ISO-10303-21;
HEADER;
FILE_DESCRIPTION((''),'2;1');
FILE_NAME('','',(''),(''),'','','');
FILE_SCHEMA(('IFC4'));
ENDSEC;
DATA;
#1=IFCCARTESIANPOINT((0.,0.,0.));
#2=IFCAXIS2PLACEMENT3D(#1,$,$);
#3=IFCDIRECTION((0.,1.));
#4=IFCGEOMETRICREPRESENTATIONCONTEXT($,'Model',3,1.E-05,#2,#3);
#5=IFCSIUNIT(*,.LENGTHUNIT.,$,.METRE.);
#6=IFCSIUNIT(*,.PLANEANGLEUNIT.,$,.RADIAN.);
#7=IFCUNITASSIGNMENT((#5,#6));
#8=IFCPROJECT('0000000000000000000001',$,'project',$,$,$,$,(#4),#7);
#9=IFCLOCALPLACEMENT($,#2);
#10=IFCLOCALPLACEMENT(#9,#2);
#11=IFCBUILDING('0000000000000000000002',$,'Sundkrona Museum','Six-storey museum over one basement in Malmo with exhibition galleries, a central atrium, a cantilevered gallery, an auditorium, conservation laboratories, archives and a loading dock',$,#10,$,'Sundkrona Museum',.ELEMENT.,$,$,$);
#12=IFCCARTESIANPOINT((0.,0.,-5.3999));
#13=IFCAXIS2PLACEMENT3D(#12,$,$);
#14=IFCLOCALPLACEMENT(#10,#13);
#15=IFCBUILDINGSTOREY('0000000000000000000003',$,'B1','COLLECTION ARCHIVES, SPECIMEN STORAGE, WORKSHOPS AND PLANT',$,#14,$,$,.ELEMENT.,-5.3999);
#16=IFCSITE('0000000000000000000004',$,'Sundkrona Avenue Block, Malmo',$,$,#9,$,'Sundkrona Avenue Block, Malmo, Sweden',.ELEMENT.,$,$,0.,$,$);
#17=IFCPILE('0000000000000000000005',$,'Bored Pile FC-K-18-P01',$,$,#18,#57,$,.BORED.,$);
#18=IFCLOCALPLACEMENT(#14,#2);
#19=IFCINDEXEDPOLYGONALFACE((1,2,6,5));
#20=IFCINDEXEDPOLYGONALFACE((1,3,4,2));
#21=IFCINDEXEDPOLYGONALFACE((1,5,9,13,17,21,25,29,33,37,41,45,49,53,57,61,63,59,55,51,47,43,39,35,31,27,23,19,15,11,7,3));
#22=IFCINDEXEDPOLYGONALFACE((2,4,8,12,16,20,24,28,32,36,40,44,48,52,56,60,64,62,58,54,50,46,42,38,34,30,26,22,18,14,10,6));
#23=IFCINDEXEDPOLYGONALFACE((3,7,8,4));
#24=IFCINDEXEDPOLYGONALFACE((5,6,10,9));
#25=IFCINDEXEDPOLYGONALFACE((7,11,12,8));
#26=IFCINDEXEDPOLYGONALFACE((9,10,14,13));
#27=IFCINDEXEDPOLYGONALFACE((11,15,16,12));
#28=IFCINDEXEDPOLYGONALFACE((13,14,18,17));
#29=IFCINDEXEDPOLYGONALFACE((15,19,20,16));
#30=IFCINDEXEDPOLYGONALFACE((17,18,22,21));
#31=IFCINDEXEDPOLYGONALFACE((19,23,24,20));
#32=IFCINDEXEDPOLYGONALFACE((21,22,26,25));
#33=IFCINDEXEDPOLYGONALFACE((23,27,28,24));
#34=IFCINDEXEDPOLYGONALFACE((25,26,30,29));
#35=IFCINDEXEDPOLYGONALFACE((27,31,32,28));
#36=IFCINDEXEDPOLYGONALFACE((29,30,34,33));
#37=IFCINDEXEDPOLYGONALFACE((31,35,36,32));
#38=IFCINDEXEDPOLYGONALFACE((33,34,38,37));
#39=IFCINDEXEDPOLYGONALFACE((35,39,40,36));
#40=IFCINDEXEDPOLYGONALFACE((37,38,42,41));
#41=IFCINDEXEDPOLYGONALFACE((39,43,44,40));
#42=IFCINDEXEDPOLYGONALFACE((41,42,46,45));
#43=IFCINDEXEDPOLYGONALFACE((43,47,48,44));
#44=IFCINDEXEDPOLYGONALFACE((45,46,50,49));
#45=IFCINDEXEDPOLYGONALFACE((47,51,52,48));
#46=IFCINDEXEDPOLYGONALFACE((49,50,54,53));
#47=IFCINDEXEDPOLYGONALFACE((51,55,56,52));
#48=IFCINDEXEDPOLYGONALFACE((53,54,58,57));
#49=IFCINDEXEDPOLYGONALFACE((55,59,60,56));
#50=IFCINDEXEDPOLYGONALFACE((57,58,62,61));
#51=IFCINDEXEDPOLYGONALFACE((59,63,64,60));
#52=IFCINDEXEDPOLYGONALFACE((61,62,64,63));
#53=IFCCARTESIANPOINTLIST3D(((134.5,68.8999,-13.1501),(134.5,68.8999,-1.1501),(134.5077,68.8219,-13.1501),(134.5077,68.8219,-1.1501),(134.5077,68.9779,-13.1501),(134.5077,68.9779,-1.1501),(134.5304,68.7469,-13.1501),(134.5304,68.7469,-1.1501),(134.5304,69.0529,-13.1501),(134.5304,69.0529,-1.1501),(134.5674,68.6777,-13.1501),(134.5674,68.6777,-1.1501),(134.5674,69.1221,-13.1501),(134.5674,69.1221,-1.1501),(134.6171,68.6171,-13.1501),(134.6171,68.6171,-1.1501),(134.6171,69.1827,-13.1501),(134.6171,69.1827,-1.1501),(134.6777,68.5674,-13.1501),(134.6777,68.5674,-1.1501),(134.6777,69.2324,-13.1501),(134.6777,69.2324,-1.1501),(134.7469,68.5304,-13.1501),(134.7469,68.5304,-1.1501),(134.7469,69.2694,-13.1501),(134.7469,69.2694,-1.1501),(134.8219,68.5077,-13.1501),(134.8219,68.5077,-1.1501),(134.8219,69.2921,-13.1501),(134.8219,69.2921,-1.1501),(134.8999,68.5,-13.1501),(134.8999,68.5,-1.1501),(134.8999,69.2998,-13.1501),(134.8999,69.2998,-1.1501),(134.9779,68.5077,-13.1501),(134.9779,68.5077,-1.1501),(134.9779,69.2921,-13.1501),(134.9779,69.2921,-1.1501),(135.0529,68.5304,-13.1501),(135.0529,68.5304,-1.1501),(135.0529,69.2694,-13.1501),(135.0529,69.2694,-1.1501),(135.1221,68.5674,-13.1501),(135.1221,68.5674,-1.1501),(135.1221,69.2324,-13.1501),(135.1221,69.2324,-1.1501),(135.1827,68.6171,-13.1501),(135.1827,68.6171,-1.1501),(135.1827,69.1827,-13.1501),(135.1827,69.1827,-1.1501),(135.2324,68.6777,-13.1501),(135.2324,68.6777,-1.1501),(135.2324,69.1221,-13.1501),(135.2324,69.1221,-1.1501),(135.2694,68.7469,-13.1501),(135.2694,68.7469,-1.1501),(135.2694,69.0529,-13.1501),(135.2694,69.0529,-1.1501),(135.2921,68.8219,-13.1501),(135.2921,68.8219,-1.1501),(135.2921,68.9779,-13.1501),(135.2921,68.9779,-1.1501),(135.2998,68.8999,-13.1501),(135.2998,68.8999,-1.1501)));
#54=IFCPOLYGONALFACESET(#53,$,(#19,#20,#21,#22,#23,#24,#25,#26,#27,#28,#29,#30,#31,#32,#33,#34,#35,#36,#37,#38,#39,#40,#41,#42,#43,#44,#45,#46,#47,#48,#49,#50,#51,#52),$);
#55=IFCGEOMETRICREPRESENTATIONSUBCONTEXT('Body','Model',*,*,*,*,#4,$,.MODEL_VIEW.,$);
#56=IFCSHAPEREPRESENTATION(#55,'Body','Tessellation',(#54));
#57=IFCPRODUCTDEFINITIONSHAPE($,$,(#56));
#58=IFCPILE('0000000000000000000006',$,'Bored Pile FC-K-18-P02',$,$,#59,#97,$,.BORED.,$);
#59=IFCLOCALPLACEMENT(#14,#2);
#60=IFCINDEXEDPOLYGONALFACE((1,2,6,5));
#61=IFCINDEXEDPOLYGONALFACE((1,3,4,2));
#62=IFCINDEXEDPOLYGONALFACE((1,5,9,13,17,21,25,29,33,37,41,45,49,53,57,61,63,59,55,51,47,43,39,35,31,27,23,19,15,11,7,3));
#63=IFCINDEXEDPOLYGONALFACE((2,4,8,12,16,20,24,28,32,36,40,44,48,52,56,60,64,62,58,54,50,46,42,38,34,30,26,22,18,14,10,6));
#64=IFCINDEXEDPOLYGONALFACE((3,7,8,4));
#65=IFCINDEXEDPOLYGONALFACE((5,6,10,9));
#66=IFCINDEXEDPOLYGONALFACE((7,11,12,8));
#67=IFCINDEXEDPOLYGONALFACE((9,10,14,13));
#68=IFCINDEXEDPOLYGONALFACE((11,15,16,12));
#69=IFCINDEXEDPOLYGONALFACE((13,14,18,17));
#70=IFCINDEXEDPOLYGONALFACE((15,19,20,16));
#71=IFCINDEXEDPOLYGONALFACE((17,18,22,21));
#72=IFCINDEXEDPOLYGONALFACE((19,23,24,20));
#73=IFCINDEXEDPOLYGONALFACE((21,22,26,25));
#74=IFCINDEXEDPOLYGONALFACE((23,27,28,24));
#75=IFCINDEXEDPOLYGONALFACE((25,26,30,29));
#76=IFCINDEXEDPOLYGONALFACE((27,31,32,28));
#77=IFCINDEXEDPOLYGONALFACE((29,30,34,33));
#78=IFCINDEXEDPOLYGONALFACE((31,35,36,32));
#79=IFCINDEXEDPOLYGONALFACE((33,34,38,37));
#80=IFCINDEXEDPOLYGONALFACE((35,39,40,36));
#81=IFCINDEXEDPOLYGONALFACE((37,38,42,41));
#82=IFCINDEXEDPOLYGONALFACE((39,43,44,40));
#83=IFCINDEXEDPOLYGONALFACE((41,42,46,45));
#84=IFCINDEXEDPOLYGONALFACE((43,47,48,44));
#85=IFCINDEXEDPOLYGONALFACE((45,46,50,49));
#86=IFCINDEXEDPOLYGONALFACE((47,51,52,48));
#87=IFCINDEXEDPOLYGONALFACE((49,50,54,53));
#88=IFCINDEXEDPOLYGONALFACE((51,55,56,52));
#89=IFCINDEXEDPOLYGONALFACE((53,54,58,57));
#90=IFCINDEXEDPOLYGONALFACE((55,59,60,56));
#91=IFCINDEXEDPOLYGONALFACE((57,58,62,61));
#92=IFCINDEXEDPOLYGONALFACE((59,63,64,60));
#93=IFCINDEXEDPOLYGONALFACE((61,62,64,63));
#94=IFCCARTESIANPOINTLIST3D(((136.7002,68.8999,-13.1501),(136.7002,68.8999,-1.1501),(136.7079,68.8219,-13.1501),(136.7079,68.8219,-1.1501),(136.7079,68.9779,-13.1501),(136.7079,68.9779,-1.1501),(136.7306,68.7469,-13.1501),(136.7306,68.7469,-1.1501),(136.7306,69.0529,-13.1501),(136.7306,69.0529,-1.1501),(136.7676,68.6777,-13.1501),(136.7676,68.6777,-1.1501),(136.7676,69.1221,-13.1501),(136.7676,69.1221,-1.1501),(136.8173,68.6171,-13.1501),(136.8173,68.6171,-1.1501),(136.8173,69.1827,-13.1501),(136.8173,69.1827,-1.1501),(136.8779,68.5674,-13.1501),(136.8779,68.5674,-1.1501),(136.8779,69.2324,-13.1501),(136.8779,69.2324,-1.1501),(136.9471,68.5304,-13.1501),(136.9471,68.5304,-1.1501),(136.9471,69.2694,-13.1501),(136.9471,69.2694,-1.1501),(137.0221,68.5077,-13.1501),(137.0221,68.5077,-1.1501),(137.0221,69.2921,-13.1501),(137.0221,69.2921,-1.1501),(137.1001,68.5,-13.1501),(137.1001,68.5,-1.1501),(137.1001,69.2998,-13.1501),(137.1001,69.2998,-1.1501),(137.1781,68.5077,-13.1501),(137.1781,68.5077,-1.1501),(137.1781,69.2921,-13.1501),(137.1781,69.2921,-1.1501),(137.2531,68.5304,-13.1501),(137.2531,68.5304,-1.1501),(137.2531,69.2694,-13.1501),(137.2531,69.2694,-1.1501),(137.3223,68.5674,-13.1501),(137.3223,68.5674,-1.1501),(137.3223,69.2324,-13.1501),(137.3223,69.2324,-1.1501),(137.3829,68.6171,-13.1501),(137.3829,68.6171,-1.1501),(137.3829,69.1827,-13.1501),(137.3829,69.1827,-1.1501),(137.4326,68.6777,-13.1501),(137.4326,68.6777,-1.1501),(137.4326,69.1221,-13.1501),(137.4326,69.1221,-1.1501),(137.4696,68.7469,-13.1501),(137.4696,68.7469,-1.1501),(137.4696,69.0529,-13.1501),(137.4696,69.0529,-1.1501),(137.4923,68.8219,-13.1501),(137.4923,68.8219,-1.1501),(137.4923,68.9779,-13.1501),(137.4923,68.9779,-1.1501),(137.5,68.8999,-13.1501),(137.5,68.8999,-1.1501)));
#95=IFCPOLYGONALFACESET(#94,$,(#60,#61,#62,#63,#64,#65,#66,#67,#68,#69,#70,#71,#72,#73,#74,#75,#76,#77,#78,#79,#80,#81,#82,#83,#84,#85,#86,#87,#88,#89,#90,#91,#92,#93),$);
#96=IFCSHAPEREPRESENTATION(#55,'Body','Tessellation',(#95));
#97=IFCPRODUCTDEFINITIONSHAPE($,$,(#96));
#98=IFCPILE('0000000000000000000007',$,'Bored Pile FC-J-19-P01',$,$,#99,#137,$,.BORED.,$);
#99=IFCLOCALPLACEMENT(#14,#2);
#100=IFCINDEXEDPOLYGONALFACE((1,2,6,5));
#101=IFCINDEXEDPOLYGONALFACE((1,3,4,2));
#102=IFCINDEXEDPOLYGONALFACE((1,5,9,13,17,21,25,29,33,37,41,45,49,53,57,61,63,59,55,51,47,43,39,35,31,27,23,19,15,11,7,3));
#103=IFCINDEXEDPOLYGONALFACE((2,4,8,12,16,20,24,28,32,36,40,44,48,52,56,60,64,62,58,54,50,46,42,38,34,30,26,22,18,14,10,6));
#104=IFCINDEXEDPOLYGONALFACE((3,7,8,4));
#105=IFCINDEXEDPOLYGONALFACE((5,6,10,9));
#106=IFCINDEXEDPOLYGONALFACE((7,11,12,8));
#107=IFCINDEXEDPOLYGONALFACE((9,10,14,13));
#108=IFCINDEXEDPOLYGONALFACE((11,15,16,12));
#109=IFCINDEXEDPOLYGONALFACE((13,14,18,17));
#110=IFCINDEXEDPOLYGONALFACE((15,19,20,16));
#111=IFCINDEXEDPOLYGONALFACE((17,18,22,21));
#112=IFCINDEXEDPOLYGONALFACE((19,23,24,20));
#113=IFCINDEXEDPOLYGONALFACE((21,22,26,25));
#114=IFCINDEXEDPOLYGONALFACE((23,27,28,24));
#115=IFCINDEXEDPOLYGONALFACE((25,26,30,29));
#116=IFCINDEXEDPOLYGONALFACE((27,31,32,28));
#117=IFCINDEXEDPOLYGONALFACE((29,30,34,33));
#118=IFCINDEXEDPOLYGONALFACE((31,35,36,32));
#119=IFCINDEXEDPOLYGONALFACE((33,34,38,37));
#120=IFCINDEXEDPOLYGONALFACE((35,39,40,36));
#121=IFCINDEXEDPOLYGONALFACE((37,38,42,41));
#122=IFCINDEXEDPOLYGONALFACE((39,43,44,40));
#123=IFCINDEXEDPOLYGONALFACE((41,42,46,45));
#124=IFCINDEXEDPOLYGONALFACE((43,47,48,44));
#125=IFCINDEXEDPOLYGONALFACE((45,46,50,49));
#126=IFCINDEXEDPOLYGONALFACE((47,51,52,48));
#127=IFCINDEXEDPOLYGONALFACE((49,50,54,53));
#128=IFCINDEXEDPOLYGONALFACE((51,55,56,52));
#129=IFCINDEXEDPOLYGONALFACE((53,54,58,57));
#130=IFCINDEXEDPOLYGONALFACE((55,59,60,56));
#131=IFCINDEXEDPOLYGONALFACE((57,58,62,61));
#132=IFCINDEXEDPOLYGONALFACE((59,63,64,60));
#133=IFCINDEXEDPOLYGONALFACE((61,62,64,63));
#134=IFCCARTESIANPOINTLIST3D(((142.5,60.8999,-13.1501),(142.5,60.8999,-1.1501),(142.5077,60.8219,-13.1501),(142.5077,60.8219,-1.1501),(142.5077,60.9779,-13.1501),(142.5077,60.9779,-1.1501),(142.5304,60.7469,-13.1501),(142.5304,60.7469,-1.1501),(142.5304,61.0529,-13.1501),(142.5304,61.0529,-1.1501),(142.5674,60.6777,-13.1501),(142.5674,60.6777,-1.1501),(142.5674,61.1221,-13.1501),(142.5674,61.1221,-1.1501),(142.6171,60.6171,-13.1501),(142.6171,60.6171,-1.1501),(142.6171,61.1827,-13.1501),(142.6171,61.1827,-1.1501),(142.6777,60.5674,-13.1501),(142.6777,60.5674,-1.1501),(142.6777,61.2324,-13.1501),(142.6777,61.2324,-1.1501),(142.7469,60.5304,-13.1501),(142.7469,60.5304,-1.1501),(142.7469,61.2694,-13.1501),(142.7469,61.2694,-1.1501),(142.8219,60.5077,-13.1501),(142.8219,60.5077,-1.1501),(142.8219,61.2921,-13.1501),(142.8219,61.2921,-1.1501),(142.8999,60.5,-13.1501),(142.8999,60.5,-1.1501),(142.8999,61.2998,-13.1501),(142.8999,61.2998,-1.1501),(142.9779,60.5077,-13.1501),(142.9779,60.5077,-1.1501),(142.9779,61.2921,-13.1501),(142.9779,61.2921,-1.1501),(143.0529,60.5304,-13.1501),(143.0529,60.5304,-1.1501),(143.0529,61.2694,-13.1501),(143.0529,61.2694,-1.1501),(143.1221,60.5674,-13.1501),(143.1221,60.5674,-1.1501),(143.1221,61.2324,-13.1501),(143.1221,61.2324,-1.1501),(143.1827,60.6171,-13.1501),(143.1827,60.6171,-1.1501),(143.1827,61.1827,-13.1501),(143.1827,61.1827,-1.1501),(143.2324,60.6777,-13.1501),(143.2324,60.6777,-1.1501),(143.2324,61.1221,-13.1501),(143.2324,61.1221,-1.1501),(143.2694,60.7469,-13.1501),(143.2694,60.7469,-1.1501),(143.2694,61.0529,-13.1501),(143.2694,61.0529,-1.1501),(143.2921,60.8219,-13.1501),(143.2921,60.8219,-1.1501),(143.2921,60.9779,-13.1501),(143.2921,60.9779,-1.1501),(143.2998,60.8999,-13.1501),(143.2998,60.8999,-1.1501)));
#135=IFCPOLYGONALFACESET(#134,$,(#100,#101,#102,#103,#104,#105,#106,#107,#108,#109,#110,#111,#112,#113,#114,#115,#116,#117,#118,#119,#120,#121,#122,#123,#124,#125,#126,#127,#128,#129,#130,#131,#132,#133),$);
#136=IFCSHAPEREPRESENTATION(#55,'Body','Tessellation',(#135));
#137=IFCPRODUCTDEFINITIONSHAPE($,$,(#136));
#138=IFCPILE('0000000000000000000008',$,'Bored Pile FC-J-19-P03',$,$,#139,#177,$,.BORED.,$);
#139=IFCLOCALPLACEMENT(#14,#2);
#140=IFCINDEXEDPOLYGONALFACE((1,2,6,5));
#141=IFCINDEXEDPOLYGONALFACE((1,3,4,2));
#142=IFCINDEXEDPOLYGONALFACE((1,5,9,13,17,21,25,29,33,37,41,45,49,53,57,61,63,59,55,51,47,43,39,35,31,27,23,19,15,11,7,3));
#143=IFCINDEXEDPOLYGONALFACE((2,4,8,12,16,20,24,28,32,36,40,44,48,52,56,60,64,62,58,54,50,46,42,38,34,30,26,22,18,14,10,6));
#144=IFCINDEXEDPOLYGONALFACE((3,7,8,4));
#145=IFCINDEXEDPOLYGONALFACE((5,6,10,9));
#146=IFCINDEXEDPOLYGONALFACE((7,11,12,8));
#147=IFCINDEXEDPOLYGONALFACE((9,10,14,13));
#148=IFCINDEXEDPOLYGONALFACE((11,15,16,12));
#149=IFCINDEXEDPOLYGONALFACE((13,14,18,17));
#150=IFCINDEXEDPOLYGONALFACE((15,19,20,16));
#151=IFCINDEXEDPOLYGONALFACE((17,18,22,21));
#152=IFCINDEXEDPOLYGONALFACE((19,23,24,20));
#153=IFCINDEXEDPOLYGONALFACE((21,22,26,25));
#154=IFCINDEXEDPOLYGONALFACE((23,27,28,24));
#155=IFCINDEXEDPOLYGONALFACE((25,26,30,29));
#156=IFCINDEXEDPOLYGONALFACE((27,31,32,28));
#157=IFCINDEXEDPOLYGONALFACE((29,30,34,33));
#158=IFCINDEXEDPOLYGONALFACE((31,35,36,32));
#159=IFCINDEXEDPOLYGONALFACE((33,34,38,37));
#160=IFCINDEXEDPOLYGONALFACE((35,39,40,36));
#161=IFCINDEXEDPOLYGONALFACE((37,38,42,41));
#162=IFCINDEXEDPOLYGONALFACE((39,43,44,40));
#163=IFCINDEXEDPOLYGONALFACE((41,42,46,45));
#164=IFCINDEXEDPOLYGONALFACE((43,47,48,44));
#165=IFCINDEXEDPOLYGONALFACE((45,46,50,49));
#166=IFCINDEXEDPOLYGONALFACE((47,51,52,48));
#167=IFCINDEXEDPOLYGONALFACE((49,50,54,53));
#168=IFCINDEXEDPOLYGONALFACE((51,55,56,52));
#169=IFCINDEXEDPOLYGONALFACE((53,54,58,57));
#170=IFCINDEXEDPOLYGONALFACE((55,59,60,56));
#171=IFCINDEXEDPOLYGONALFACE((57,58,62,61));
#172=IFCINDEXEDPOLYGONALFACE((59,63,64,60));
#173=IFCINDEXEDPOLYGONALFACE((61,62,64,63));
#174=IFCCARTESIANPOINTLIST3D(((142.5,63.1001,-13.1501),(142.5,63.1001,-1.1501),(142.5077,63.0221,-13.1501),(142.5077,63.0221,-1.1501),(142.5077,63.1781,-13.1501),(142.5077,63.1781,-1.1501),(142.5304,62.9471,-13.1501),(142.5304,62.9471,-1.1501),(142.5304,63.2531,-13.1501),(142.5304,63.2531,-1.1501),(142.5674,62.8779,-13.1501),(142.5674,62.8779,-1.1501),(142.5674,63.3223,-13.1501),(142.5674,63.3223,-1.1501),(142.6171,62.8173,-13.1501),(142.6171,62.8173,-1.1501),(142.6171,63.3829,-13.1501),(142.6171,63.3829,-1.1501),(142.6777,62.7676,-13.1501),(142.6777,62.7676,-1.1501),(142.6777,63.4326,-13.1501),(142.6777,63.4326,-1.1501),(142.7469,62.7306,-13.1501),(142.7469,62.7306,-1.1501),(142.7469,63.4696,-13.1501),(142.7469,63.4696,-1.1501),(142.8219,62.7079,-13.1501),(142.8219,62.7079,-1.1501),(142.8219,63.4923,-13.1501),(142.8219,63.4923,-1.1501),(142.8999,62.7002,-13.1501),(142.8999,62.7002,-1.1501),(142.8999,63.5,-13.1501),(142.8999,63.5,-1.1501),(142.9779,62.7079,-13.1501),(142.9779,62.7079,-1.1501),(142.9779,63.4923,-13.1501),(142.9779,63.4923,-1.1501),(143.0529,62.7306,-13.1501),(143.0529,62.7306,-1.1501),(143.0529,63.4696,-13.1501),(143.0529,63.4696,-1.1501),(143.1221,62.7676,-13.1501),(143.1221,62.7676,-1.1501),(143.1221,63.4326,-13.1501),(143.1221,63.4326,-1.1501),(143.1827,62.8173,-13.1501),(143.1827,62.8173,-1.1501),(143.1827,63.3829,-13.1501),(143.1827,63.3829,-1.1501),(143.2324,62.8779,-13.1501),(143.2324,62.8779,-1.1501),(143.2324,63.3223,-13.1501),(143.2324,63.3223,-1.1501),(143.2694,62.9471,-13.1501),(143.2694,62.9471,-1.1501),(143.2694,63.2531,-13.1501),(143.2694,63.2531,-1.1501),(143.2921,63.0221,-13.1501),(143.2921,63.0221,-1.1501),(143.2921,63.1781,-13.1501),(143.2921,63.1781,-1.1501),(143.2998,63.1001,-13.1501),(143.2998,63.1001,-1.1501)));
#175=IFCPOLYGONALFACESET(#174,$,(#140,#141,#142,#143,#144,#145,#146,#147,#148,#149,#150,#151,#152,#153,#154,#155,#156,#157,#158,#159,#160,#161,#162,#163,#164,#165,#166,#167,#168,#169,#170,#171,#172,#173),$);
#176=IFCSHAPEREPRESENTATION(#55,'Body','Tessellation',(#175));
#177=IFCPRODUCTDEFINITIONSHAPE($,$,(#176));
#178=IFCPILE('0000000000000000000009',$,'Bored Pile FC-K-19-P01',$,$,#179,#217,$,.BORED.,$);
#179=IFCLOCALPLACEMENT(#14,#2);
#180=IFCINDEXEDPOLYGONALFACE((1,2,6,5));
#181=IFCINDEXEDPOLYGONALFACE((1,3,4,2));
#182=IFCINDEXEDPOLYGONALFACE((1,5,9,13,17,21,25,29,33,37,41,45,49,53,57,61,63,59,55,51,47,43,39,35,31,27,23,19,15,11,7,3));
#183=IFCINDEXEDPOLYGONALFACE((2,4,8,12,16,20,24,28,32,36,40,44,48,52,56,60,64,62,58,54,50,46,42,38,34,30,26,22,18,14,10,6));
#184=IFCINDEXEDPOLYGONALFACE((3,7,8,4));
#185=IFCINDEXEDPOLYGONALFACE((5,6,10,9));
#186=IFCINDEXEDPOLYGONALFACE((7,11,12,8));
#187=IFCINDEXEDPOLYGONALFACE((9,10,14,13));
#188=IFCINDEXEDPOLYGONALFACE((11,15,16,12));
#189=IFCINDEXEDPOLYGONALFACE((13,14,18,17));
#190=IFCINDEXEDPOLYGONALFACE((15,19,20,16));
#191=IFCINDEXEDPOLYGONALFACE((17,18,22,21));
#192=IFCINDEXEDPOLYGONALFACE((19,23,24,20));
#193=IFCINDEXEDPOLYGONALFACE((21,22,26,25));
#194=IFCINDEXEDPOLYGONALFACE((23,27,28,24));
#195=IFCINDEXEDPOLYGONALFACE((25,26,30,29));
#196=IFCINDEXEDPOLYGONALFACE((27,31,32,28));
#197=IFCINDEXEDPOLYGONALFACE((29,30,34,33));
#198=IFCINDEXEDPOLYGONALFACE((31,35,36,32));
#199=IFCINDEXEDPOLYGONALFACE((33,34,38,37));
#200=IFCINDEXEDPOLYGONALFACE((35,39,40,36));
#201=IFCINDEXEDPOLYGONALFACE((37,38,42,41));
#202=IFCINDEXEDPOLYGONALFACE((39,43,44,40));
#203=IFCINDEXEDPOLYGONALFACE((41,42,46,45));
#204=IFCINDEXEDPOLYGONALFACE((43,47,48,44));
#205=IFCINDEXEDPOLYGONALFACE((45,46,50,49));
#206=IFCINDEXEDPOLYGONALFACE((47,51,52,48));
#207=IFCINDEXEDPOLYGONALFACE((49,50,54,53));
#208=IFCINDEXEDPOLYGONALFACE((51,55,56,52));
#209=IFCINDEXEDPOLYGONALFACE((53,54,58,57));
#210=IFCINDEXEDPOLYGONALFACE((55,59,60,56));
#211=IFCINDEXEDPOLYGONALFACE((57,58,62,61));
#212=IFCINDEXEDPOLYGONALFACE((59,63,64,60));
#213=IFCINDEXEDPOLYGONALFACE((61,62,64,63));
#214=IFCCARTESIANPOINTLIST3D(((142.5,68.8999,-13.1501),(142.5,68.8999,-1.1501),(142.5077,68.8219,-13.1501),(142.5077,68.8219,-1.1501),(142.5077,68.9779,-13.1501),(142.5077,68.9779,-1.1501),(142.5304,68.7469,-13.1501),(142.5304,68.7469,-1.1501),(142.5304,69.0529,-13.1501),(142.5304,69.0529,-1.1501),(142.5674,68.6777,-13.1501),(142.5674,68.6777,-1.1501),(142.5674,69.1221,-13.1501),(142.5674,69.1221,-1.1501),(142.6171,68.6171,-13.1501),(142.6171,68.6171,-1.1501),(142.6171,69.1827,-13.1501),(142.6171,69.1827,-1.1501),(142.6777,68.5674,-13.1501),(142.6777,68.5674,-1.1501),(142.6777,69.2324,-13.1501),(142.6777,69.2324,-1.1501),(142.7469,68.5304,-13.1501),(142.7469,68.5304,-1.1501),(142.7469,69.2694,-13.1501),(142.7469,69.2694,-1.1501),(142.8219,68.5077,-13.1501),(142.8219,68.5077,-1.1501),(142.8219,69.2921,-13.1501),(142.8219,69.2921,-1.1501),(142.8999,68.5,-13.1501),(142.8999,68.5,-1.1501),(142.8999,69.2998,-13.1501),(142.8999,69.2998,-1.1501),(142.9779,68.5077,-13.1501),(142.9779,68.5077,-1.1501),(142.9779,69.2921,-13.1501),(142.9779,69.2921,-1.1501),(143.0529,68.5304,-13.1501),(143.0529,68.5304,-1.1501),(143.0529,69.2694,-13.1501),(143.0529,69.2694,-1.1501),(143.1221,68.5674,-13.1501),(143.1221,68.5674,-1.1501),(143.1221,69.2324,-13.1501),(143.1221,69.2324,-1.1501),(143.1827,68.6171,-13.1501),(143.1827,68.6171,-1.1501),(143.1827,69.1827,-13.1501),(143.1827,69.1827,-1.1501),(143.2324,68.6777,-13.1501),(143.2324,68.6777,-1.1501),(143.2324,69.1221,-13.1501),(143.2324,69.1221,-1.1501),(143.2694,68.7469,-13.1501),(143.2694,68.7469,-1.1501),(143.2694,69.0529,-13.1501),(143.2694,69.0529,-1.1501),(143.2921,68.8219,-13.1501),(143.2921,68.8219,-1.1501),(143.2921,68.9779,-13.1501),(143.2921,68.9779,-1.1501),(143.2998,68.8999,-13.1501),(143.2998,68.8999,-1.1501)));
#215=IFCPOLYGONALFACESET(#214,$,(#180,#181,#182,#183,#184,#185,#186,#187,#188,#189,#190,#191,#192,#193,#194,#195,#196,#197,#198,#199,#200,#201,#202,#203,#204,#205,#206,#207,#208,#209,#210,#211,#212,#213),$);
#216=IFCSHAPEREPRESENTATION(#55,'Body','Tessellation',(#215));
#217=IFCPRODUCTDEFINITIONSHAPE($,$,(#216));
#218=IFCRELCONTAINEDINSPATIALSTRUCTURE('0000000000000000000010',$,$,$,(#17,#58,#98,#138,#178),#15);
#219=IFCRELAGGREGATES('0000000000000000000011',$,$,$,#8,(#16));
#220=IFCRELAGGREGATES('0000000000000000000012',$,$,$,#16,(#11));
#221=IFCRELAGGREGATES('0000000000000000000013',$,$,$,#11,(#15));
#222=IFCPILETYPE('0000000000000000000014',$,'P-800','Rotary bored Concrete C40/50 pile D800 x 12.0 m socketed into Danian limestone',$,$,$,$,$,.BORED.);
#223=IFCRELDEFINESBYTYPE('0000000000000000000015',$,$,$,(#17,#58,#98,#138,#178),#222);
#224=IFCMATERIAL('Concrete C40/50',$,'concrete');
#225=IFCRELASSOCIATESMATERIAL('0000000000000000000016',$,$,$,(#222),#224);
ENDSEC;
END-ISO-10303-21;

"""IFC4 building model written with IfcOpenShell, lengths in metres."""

from ifc_helpers import new_model, si_unit, direction, frame, origin, origin_2d, place, context, subcontext, project, spatial, circle, extrude, material, material_profile, profile_set, type_object, element, save


model = new_model("IFC4")

# Units and contexts
model_context = context("Model", 3, precision=1e-05, world=origin(), true_north=direction((0.0, 1.0)))
body_context = subcontext(model_context, "Body", "Model", "MODEL_VIEW")
ifc_project = project(units=[si_unit("LENGTHUNIT", "METRE"), si_unit("PLANEANGLEUNIT", "RADIAN")], contexts=[model_context])

# Site, building, storey
site_placement = place(None, origin())
site = spatial("IfcSite", under=ifc_project, at=site_placement, Name="Sundkrona Avenue Block, Malmo", LongName="Sundkrona Avenue Block, Malmo, Sweden", CompositionType="ELEMENT", RefElevation=0.0)
building_placement = place(site_placement, origin())
building = spatial("IfcBuilding", under=site, at=building_placement, Name="Sundkrona Museum", Description="Six-storey museum over one basement in Malmo with exhibition galleries, a central atrium, a cantilevered gallery, an auditorium, conservation laboratories, archives and a loading dock", LongName="Sundkrona Museum", CompositionType="ELEMENT")
storey_placement = place(building_placement, frame((0.0, 0.0, -5.3999)))
storey = spatial("IfcBuildingStorey", under=building, at=storey_placement, Name="B1", Description="COLLECTION ARCHIVES, SPECIMEN STORAGE, WORKSHOPS AND PLANT", CompositionType="ELEMENT", Elevation=-5.3999)

# Shared definitions
ifc_material_1 = material(Name="Concrete C40/50", Category="concrete")

# Piles
ifc_material_profile_1 = material_profile(ifc_material_1, circle(Radius=0.3999, at=origin_2d()), Name="PILE D800")
ifc_profile_set_1 = profile_set([ifc_material_profile_1], Name="Concrete C40/50")
pile_type = type_object("IfcPileType", Name="P-800", Description="Rotary bored Concrete C40/50 pile D800 x 12.0 m socketed into Danian limestone", PredefinedType="BORED", material=ifc_profile_set_1)
for number, where, z_axis, x_axis, name in (
    (1, (134.8999, 68.8999, -1.1501), (0.0, 0.0, -1.0), (1.0, 0.0, 0.0), "Bored Pile FC-K-18-P01"),
    (2, (137.1001, 68.8999, -1.1501), (0.0, 0.0, -1.0), (1.0, 0.0, 0.0), "Bored Pile FC-K-18-P02"),
    (3, (142.8999, 60.8999, -1.1501), (0.0, 0.0, -1.0), (1.0, 0.0, 0.0), "Bored Pile FC-J-19-P01"),
    (4, (142.8999, 63.1001, -1.1501), (0.0, 0.0, -1.0), (1.0, 0.0, 0.0), "Bored Pile FC-J-19-P03"),
    (5, (142.8999, 68.8999, -1.1501), (0.0, 0.0, -1.0), (1.0, 0.0, 0.0), "Bored Pile FC-K-19-P01"),
):
    element("IfcPile", number, at=place(storey_placement, frame(where, z_axis=z_axis, x_axis=x_axis)), inside=storey, type_object=pile_type, Name=name, PredefinedType="BORED", context=body_context, shape_type="SweptSolid", body=[
        extrude(circle(Radius=0.3999, at=origin_2d()), origin(), (0.0, 0.0, 1.0), 12.0),
    ])

save(model, "model.ifc")
